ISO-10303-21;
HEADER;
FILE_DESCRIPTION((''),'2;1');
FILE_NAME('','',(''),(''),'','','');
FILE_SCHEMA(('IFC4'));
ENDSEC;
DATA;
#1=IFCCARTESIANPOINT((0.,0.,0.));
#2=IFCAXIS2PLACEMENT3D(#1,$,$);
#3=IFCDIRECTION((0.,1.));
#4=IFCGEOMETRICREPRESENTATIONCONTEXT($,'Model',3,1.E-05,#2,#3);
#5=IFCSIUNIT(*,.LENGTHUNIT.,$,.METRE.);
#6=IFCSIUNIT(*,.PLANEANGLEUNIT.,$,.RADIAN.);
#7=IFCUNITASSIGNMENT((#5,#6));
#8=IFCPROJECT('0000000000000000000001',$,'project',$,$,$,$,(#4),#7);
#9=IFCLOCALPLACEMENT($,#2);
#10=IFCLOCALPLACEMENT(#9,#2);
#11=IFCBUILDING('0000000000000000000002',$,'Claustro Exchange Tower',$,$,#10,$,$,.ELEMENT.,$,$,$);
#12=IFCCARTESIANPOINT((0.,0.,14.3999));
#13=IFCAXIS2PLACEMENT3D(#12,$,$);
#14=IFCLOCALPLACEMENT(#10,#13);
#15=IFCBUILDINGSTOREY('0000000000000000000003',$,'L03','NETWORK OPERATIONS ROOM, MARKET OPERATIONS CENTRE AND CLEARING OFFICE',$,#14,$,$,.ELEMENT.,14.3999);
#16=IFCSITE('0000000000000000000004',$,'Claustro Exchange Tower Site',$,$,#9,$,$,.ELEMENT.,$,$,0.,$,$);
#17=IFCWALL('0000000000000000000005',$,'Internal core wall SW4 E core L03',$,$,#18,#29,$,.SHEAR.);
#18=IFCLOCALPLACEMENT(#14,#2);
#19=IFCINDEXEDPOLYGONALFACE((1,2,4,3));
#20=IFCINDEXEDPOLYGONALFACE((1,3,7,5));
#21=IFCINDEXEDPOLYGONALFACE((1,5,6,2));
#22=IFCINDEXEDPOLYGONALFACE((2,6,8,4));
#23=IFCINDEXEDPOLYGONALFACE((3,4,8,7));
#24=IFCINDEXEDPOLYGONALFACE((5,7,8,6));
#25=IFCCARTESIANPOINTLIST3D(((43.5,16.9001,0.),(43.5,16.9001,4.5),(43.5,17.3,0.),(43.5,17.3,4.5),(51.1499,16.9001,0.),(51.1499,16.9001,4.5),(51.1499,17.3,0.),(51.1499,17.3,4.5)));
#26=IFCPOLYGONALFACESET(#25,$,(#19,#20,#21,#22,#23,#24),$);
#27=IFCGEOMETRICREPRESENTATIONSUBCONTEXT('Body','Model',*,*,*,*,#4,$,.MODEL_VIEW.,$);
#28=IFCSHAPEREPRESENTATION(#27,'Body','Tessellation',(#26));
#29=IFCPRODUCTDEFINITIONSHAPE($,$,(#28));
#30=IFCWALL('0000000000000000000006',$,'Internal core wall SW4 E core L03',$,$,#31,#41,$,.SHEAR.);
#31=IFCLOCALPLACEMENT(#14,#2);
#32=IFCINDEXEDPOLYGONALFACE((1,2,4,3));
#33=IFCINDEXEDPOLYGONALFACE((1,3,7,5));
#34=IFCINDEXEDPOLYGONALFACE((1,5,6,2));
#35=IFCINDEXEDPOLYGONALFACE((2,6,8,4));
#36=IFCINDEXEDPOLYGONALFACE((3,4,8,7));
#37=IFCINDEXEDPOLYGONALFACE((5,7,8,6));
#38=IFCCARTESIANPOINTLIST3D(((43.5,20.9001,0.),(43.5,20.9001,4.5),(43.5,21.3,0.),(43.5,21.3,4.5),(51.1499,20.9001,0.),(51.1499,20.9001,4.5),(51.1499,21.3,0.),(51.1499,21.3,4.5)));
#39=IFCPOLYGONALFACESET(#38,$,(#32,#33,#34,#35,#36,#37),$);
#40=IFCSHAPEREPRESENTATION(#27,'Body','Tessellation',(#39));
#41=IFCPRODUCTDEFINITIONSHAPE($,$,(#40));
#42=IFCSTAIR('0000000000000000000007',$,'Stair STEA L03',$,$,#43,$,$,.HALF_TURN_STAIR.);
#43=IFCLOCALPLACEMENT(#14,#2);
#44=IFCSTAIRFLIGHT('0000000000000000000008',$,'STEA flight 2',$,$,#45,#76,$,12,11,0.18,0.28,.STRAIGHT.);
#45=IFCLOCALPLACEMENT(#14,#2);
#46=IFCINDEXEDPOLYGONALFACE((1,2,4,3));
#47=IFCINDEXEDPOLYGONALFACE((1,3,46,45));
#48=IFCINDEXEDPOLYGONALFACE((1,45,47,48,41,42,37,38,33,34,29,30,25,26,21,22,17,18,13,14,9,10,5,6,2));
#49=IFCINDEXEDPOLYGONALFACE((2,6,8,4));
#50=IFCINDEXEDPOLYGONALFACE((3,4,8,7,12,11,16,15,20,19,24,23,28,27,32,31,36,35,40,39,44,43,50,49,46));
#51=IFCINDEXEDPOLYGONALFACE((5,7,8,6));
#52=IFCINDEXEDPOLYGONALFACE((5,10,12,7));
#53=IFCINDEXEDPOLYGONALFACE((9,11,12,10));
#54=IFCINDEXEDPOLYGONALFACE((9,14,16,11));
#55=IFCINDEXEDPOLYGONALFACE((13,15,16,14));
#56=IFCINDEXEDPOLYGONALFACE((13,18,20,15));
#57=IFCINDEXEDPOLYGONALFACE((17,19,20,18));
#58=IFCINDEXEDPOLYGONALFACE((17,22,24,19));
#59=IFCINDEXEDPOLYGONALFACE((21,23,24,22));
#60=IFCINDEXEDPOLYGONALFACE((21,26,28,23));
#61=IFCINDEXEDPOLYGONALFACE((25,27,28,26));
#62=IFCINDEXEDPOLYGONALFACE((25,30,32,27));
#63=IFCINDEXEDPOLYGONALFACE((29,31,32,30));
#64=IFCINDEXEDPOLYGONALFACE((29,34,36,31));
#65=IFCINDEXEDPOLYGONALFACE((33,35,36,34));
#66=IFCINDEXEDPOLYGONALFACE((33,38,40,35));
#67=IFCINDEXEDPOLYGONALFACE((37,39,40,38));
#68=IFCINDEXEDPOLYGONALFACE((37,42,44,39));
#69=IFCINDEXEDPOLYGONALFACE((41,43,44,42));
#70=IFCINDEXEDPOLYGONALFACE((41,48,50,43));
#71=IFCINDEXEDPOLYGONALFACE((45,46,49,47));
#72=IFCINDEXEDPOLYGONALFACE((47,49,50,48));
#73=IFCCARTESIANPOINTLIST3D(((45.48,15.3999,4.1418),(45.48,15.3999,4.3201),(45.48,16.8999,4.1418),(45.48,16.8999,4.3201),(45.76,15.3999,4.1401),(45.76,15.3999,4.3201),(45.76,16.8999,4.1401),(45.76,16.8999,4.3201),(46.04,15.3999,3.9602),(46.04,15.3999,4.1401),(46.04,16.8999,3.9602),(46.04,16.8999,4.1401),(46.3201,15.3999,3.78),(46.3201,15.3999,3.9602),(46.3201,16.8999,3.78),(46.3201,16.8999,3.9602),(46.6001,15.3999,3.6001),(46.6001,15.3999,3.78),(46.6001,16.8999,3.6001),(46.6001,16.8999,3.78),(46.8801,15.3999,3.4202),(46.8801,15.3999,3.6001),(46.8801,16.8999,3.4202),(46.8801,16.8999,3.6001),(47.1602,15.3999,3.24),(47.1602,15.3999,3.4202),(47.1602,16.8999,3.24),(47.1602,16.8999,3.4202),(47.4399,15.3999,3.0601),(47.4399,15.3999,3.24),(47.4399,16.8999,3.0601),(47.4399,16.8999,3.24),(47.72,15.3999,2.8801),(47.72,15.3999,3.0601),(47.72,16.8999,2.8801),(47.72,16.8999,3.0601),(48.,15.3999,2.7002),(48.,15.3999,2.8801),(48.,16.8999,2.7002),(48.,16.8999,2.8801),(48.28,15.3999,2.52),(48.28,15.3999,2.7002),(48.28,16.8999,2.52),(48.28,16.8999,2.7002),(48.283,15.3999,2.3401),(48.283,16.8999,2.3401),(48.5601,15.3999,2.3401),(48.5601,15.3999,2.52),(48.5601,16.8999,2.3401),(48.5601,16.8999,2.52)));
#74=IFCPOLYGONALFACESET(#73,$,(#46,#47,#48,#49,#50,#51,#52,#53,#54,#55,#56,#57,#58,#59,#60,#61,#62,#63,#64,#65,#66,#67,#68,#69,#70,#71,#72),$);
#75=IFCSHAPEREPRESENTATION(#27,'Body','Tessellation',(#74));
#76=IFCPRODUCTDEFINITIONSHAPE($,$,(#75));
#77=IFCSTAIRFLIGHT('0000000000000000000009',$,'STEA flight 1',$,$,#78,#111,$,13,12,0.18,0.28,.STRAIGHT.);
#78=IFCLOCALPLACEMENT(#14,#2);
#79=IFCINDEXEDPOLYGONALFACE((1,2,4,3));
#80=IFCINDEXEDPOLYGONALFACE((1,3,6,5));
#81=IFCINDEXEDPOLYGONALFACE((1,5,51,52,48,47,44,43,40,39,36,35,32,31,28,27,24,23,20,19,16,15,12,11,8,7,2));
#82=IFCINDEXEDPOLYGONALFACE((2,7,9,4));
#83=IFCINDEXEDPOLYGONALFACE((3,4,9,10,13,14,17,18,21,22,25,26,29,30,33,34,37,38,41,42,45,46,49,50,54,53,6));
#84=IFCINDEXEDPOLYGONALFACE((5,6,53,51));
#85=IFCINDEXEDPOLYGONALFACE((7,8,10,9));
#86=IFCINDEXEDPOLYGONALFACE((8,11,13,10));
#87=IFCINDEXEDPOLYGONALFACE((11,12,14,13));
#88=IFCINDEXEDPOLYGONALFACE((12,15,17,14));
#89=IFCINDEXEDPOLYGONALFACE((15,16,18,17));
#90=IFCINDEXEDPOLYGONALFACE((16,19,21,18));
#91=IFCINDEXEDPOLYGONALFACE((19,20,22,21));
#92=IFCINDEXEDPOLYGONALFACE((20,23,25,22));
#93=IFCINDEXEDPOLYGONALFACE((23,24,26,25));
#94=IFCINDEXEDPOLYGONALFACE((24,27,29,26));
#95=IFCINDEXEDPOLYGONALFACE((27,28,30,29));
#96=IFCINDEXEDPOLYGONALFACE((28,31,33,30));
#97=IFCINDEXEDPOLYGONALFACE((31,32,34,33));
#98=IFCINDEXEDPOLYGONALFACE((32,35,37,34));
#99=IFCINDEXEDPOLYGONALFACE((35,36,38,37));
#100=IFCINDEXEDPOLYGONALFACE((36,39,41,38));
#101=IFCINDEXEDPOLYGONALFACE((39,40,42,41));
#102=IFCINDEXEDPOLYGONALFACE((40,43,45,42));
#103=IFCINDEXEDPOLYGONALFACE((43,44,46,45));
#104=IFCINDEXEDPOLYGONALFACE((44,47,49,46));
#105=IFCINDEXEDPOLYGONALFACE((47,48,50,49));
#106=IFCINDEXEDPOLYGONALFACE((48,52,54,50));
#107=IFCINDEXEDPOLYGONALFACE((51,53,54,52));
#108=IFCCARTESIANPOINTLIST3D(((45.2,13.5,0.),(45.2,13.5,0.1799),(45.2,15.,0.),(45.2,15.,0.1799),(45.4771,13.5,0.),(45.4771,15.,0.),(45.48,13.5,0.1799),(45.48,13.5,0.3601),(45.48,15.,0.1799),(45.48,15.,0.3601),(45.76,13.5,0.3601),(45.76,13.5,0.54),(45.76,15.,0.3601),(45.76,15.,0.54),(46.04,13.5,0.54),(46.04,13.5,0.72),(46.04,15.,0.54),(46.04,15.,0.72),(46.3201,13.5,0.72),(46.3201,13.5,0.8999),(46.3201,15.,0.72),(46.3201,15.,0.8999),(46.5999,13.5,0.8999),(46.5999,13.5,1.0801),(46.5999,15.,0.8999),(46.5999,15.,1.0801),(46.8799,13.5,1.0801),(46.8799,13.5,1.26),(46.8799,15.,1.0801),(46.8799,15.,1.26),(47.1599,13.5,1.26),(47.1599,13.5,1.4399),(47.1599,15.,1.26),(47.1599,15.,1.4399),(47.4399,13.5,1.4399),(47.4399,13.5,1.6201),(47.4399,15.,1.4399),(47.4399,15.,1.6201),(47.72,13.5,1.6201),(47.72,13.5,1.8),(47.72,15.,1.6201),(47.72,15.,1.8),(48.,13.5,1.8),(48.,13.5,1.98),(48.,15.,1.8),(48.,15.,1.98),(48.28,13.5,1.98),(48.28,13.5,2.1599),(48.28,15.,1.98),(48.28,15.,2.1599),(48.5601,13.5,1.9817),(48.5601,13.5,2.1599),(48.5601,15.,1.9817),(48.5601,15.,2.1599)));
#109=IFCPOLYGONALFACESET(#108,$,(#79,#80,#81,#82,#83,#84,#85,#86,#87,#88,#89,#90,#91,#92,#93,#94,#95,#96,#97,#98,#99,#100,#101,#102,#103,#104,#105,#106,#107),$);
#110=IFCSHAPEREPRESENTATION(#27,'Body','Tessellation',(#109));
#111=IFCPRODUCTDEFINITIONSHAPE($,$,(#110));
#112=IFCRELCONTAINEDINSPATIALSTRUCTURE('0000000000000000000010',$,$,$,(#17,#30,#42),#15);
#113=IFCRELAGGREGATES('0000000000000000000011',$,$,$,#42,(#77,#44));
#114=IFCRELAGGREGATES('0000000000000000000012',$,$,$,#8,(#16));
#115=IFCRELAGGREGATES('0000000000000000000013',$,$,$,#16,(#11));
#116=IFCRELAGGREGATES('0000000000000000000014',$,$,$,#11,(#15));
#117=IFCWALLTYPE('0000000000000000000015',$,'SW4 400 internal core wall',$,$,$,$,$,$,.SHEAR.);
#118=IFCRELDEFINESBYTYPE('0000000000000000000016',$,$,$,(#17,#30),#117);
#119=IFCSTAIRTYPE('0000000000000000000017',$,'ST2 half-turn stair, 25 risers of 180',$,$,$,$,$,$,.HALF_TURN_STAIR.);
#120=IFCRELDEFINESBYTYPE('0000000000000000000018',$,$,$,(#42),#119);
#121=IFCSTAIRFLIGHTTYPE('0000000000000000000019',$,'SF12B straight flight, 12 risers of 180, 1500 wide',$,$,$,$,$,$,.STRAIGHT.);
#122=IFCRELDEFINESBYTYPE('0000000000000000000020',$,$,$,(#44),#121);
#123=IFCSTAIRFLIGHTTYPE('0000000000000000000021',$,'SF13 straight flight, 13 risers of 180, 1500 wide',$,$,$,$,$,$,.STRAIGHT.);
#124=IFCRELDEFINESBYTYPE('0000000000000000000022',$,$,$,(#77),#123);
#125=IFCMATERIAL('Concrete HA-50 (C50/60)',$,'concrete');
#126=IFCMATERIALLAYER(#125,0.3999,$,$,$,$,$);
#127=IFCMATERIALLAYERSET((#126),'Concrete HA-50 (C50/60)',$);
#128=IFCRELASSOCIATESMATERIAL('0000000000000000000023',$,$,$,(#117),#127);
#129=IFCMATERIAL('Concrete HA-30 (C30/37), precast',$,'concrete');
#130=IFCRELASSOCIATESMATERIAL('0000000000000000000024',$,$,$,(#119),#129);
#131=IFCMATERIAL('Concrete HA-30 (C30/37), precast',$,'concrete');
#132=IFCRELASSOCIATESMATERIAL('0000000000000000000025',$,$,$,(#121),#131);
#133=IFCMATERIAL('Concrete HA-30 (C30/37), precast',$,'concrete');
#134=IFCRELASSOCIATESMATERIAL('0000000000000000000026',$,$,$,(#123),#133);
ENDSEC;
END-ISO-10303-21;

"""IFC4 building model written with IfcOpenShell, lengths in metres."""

from ifc_helpers import new_model, si_unit, direction, frame, frame_2d, origin, place, context, subcontext, project, spatial, polyline, rectangle, outline, extrude, material, layer, layer_set, type_object, element, aggregate, save


model = new_model("IFC4")

# Units and contexts
model_context = context("Model", 3, precision=1e-05, world=origin(), true_north=direction((0.0, 1.0)))
body_context = subcontext(model_context, "Body", "Model", "MODEL_VIEW")
ifc_project = project(units=[si_unit("LENGTHUNIT", "METRE"), si_unit("PLANEANGLEUNIT", "RADIAN")], contexts=[model_context])

# Site, building, storey
site_placement = place(None, origin())
site = spatial("IfcSite", under=ifc_project, at=site_placement, Name="Claustro Exchange Tower Site", CompositionType="ELEMENT", RefElevation=0.0)
building_placement = place(site_placement, origin())
building = spatial("IfcBuilding", under=site, at=building_placement, Name="Claustro Exchange Tower", CompositionType="ELEMENT")
storey_placement = place(building_placement, frame((0.0, 0.0, 14.3999)))
storey = spatial("IfcBuildingStorey", under=building, at=storey_placement, Name="L03", Description="NETWORK OPERATIONS ROOM, MARKET OPERATIONS CENTRE AND CLEARING OFFICE", CompositionType="ELEMENT", Elevation=14.3999)

# Shared definitions
ifc_material_1 = material(Name="Concrete HA-50 (C50/60)", Category="concrete")
ifc_layer_1 = layer(ifc_material_1, 0.3999)
ifc_layer_set_1 = layer_set([ifc_layer_1], Name="Concrete HA-50 (C50/60)")
wall_type_1 = type_object("IfcWallType", Name="SW4 400 internal core wall", PredefinedType="SHEAR", material=ifc_layer_set_1)

# Walls
for number, where, z_axis, x_axis, name in (
    (1, (51.1499, 17.1001, 0.0), (0.0, 0.0, 1.0), (-1.0, 0.0, 0.0), "Internal core wall SW4 E core L03"),
    (2, (51.1499, 21.1001, 0.0), (0.0, 0.0, 1.0), (-1.0, 0.0, 0.0), "Internal core wall SW4 E core L03"),
):
    element("IfcWall", number, at=place(storey_placement, frame(where, z_axis=z_axis, x_axis=x_axis)), inside=storey, type_object=wall_type_1, Name=name, PredefinedType="SHEAR", context=body_context, shape_type="SweptSolid", body=[
        extrude(rectangle(XDim=7.6499, YDim=0.3999, at=frame_2d((3.825, 0.0))), origin(), (0.0, 0.0, 1.0), 4.5),
    ])

# Stair, stair flights
ifc_material_2 = material(Name="Concrete HA-30 (C30/37), precast", Category="concrete")
stair_type = type_object("IfcStairType", Name="ST2 half-turn stair, 25 risers of 180", PredefinedType="HALF_TURN_STAIR", material=ifc_material_2)
stair_placement = place(storey_placement, origin())
stair = element("IfcStair", 3, at=stair_placement, inside=storey, type_object=stair_type, Name="Stair STEA L03", PredefinedType="HALF_TURN_STAIR")
ifc_material_3 = material(Name="Concrete HA-30 (C30/37), precast", Category="concrete")
stair_flight_type_1 = type_object("IfcStairFlightType", Name="SF12B straight flight, 12 risers of 180, 1500 wide", PredefinedType="STRAIGHT", material=ifc_material_3)
stair_flight_1_placement = place(storey_placement, frame((48.5601, 16.1499, 2.3401), z_axis=(0.0, 0.0, 1.0), x_axis=(-1.0, 0.0, 0.0)))
stair_flight_1 = element("IfcStairFlight", 4, at=stair_flight_1_placement, type_object=stair_flight_type_1, Name="STEA flight 2", NumberOfRisers=12, NumberOfTreads=11, PredefinedType="STRAIGHT", RiserHeight=0.18, TreadLength=0.28, context=body_context, shape_type="SweptSolid", body=[
    extrude(outline(polyline([(0.0, 0.0), (0.0, 0.1799), (0.28, 0.1799), (0.28, 0.3601), (0.5601, 0.3601), (0.5601, 0.54), (0.8401, 0.54), (0.8401, 0.72), (1.1201, 0.72), (1.1201, 0.8999), (1.3999, 0.8999), (1.3999, 1.0801), (1.6799, 1.0801), (1.6799, 1.26), (1.96, 1.26), (1.96, 1.4399), (2.24, 1.4399), (2.24, 1.6201), (2.52, 1.6201), (2.52, 1.8), (2.8, 1.8), (2.8, 1.98), (3.0801, 1.98), (3.0801, 2.1599), (3.0801, 1.8018), (0.2771, 0.0), (0.0, 0.0)])), frame((0.0, 0.75, 0.0), z_axis=(0.0, -1.0, 0.0), x_axis=(1.0, 0.0, 0.0)), (0.0, 0.0, 1.0), 1.5),
])
ifc_material_4 = material(Name="Concrete HA-30 (C30/37), precast", Category="concrete")
stair_flight_type_2 = type_object("IfcStairFlightType", Name="SF13 straight flight, 13 risers of 180, 1500 wide", PredefinedType="STRAIGHT", material=ifc_material_4)
stair_flight_2_placement = place(storey_placement, frame((45.2, 14.25, 0.0), z_axis=(0.0, 0.0, 1.0), x_axis=(1.0, 0.0, 0.0)))
stair_flight_2 = element("IfcStairFlight", 5, at=stair_flight_2_placement, type_object=stair_flight_type_2, Name="STEA flight 1", NumberOfRisers=13, NumberOfTreads=12, PredefinedType="STRAIGHT", RiserHeight=0.18, TreadLength=0.28, context=body_context, shape_type="SweptSolid", body=[
    extrude(outline(polyline([(0.0, 0.0), (0.0, 0.1799), (0.28, 0.1799), (0.28, 0.3601), (0.5601, 0.3601), (0.5601, 0.54), (0.8401, 0.54), (0.8401, 0.72), (1.1201, 0.72), (1.1201, 0.8999), (1.3999, 0.8999), (1.3999, 1.0801), (1.6799, 1.0801), (1.6799, 1.26), (1.96, 1.26), (1.96, 1.4399), (2.24, 1.4399), (2.24, 1.6201), (2.52, 1.6201), (2.52, 1.8), (2.8, 1.8), (2.8, 1.98), (3.0801, 1.98), (3.0801, 2.1599), (3.3601, 2.1599), (3.3601, 2.3401), (3.3601, 1.9817), (0.2771, 0.0), (0.0, 0.0)])), frame((0.0, 0.75, 0.0), z_axis=(0.0, -1.0, 0.0), x_axis=(1.0, 0.0, 0.0)), (0.0, 0.0, 1.0), 1.5),
])
aggregate(stair, [stair_flight_2, stair_flight_1])

save(model, "model.ifc")
